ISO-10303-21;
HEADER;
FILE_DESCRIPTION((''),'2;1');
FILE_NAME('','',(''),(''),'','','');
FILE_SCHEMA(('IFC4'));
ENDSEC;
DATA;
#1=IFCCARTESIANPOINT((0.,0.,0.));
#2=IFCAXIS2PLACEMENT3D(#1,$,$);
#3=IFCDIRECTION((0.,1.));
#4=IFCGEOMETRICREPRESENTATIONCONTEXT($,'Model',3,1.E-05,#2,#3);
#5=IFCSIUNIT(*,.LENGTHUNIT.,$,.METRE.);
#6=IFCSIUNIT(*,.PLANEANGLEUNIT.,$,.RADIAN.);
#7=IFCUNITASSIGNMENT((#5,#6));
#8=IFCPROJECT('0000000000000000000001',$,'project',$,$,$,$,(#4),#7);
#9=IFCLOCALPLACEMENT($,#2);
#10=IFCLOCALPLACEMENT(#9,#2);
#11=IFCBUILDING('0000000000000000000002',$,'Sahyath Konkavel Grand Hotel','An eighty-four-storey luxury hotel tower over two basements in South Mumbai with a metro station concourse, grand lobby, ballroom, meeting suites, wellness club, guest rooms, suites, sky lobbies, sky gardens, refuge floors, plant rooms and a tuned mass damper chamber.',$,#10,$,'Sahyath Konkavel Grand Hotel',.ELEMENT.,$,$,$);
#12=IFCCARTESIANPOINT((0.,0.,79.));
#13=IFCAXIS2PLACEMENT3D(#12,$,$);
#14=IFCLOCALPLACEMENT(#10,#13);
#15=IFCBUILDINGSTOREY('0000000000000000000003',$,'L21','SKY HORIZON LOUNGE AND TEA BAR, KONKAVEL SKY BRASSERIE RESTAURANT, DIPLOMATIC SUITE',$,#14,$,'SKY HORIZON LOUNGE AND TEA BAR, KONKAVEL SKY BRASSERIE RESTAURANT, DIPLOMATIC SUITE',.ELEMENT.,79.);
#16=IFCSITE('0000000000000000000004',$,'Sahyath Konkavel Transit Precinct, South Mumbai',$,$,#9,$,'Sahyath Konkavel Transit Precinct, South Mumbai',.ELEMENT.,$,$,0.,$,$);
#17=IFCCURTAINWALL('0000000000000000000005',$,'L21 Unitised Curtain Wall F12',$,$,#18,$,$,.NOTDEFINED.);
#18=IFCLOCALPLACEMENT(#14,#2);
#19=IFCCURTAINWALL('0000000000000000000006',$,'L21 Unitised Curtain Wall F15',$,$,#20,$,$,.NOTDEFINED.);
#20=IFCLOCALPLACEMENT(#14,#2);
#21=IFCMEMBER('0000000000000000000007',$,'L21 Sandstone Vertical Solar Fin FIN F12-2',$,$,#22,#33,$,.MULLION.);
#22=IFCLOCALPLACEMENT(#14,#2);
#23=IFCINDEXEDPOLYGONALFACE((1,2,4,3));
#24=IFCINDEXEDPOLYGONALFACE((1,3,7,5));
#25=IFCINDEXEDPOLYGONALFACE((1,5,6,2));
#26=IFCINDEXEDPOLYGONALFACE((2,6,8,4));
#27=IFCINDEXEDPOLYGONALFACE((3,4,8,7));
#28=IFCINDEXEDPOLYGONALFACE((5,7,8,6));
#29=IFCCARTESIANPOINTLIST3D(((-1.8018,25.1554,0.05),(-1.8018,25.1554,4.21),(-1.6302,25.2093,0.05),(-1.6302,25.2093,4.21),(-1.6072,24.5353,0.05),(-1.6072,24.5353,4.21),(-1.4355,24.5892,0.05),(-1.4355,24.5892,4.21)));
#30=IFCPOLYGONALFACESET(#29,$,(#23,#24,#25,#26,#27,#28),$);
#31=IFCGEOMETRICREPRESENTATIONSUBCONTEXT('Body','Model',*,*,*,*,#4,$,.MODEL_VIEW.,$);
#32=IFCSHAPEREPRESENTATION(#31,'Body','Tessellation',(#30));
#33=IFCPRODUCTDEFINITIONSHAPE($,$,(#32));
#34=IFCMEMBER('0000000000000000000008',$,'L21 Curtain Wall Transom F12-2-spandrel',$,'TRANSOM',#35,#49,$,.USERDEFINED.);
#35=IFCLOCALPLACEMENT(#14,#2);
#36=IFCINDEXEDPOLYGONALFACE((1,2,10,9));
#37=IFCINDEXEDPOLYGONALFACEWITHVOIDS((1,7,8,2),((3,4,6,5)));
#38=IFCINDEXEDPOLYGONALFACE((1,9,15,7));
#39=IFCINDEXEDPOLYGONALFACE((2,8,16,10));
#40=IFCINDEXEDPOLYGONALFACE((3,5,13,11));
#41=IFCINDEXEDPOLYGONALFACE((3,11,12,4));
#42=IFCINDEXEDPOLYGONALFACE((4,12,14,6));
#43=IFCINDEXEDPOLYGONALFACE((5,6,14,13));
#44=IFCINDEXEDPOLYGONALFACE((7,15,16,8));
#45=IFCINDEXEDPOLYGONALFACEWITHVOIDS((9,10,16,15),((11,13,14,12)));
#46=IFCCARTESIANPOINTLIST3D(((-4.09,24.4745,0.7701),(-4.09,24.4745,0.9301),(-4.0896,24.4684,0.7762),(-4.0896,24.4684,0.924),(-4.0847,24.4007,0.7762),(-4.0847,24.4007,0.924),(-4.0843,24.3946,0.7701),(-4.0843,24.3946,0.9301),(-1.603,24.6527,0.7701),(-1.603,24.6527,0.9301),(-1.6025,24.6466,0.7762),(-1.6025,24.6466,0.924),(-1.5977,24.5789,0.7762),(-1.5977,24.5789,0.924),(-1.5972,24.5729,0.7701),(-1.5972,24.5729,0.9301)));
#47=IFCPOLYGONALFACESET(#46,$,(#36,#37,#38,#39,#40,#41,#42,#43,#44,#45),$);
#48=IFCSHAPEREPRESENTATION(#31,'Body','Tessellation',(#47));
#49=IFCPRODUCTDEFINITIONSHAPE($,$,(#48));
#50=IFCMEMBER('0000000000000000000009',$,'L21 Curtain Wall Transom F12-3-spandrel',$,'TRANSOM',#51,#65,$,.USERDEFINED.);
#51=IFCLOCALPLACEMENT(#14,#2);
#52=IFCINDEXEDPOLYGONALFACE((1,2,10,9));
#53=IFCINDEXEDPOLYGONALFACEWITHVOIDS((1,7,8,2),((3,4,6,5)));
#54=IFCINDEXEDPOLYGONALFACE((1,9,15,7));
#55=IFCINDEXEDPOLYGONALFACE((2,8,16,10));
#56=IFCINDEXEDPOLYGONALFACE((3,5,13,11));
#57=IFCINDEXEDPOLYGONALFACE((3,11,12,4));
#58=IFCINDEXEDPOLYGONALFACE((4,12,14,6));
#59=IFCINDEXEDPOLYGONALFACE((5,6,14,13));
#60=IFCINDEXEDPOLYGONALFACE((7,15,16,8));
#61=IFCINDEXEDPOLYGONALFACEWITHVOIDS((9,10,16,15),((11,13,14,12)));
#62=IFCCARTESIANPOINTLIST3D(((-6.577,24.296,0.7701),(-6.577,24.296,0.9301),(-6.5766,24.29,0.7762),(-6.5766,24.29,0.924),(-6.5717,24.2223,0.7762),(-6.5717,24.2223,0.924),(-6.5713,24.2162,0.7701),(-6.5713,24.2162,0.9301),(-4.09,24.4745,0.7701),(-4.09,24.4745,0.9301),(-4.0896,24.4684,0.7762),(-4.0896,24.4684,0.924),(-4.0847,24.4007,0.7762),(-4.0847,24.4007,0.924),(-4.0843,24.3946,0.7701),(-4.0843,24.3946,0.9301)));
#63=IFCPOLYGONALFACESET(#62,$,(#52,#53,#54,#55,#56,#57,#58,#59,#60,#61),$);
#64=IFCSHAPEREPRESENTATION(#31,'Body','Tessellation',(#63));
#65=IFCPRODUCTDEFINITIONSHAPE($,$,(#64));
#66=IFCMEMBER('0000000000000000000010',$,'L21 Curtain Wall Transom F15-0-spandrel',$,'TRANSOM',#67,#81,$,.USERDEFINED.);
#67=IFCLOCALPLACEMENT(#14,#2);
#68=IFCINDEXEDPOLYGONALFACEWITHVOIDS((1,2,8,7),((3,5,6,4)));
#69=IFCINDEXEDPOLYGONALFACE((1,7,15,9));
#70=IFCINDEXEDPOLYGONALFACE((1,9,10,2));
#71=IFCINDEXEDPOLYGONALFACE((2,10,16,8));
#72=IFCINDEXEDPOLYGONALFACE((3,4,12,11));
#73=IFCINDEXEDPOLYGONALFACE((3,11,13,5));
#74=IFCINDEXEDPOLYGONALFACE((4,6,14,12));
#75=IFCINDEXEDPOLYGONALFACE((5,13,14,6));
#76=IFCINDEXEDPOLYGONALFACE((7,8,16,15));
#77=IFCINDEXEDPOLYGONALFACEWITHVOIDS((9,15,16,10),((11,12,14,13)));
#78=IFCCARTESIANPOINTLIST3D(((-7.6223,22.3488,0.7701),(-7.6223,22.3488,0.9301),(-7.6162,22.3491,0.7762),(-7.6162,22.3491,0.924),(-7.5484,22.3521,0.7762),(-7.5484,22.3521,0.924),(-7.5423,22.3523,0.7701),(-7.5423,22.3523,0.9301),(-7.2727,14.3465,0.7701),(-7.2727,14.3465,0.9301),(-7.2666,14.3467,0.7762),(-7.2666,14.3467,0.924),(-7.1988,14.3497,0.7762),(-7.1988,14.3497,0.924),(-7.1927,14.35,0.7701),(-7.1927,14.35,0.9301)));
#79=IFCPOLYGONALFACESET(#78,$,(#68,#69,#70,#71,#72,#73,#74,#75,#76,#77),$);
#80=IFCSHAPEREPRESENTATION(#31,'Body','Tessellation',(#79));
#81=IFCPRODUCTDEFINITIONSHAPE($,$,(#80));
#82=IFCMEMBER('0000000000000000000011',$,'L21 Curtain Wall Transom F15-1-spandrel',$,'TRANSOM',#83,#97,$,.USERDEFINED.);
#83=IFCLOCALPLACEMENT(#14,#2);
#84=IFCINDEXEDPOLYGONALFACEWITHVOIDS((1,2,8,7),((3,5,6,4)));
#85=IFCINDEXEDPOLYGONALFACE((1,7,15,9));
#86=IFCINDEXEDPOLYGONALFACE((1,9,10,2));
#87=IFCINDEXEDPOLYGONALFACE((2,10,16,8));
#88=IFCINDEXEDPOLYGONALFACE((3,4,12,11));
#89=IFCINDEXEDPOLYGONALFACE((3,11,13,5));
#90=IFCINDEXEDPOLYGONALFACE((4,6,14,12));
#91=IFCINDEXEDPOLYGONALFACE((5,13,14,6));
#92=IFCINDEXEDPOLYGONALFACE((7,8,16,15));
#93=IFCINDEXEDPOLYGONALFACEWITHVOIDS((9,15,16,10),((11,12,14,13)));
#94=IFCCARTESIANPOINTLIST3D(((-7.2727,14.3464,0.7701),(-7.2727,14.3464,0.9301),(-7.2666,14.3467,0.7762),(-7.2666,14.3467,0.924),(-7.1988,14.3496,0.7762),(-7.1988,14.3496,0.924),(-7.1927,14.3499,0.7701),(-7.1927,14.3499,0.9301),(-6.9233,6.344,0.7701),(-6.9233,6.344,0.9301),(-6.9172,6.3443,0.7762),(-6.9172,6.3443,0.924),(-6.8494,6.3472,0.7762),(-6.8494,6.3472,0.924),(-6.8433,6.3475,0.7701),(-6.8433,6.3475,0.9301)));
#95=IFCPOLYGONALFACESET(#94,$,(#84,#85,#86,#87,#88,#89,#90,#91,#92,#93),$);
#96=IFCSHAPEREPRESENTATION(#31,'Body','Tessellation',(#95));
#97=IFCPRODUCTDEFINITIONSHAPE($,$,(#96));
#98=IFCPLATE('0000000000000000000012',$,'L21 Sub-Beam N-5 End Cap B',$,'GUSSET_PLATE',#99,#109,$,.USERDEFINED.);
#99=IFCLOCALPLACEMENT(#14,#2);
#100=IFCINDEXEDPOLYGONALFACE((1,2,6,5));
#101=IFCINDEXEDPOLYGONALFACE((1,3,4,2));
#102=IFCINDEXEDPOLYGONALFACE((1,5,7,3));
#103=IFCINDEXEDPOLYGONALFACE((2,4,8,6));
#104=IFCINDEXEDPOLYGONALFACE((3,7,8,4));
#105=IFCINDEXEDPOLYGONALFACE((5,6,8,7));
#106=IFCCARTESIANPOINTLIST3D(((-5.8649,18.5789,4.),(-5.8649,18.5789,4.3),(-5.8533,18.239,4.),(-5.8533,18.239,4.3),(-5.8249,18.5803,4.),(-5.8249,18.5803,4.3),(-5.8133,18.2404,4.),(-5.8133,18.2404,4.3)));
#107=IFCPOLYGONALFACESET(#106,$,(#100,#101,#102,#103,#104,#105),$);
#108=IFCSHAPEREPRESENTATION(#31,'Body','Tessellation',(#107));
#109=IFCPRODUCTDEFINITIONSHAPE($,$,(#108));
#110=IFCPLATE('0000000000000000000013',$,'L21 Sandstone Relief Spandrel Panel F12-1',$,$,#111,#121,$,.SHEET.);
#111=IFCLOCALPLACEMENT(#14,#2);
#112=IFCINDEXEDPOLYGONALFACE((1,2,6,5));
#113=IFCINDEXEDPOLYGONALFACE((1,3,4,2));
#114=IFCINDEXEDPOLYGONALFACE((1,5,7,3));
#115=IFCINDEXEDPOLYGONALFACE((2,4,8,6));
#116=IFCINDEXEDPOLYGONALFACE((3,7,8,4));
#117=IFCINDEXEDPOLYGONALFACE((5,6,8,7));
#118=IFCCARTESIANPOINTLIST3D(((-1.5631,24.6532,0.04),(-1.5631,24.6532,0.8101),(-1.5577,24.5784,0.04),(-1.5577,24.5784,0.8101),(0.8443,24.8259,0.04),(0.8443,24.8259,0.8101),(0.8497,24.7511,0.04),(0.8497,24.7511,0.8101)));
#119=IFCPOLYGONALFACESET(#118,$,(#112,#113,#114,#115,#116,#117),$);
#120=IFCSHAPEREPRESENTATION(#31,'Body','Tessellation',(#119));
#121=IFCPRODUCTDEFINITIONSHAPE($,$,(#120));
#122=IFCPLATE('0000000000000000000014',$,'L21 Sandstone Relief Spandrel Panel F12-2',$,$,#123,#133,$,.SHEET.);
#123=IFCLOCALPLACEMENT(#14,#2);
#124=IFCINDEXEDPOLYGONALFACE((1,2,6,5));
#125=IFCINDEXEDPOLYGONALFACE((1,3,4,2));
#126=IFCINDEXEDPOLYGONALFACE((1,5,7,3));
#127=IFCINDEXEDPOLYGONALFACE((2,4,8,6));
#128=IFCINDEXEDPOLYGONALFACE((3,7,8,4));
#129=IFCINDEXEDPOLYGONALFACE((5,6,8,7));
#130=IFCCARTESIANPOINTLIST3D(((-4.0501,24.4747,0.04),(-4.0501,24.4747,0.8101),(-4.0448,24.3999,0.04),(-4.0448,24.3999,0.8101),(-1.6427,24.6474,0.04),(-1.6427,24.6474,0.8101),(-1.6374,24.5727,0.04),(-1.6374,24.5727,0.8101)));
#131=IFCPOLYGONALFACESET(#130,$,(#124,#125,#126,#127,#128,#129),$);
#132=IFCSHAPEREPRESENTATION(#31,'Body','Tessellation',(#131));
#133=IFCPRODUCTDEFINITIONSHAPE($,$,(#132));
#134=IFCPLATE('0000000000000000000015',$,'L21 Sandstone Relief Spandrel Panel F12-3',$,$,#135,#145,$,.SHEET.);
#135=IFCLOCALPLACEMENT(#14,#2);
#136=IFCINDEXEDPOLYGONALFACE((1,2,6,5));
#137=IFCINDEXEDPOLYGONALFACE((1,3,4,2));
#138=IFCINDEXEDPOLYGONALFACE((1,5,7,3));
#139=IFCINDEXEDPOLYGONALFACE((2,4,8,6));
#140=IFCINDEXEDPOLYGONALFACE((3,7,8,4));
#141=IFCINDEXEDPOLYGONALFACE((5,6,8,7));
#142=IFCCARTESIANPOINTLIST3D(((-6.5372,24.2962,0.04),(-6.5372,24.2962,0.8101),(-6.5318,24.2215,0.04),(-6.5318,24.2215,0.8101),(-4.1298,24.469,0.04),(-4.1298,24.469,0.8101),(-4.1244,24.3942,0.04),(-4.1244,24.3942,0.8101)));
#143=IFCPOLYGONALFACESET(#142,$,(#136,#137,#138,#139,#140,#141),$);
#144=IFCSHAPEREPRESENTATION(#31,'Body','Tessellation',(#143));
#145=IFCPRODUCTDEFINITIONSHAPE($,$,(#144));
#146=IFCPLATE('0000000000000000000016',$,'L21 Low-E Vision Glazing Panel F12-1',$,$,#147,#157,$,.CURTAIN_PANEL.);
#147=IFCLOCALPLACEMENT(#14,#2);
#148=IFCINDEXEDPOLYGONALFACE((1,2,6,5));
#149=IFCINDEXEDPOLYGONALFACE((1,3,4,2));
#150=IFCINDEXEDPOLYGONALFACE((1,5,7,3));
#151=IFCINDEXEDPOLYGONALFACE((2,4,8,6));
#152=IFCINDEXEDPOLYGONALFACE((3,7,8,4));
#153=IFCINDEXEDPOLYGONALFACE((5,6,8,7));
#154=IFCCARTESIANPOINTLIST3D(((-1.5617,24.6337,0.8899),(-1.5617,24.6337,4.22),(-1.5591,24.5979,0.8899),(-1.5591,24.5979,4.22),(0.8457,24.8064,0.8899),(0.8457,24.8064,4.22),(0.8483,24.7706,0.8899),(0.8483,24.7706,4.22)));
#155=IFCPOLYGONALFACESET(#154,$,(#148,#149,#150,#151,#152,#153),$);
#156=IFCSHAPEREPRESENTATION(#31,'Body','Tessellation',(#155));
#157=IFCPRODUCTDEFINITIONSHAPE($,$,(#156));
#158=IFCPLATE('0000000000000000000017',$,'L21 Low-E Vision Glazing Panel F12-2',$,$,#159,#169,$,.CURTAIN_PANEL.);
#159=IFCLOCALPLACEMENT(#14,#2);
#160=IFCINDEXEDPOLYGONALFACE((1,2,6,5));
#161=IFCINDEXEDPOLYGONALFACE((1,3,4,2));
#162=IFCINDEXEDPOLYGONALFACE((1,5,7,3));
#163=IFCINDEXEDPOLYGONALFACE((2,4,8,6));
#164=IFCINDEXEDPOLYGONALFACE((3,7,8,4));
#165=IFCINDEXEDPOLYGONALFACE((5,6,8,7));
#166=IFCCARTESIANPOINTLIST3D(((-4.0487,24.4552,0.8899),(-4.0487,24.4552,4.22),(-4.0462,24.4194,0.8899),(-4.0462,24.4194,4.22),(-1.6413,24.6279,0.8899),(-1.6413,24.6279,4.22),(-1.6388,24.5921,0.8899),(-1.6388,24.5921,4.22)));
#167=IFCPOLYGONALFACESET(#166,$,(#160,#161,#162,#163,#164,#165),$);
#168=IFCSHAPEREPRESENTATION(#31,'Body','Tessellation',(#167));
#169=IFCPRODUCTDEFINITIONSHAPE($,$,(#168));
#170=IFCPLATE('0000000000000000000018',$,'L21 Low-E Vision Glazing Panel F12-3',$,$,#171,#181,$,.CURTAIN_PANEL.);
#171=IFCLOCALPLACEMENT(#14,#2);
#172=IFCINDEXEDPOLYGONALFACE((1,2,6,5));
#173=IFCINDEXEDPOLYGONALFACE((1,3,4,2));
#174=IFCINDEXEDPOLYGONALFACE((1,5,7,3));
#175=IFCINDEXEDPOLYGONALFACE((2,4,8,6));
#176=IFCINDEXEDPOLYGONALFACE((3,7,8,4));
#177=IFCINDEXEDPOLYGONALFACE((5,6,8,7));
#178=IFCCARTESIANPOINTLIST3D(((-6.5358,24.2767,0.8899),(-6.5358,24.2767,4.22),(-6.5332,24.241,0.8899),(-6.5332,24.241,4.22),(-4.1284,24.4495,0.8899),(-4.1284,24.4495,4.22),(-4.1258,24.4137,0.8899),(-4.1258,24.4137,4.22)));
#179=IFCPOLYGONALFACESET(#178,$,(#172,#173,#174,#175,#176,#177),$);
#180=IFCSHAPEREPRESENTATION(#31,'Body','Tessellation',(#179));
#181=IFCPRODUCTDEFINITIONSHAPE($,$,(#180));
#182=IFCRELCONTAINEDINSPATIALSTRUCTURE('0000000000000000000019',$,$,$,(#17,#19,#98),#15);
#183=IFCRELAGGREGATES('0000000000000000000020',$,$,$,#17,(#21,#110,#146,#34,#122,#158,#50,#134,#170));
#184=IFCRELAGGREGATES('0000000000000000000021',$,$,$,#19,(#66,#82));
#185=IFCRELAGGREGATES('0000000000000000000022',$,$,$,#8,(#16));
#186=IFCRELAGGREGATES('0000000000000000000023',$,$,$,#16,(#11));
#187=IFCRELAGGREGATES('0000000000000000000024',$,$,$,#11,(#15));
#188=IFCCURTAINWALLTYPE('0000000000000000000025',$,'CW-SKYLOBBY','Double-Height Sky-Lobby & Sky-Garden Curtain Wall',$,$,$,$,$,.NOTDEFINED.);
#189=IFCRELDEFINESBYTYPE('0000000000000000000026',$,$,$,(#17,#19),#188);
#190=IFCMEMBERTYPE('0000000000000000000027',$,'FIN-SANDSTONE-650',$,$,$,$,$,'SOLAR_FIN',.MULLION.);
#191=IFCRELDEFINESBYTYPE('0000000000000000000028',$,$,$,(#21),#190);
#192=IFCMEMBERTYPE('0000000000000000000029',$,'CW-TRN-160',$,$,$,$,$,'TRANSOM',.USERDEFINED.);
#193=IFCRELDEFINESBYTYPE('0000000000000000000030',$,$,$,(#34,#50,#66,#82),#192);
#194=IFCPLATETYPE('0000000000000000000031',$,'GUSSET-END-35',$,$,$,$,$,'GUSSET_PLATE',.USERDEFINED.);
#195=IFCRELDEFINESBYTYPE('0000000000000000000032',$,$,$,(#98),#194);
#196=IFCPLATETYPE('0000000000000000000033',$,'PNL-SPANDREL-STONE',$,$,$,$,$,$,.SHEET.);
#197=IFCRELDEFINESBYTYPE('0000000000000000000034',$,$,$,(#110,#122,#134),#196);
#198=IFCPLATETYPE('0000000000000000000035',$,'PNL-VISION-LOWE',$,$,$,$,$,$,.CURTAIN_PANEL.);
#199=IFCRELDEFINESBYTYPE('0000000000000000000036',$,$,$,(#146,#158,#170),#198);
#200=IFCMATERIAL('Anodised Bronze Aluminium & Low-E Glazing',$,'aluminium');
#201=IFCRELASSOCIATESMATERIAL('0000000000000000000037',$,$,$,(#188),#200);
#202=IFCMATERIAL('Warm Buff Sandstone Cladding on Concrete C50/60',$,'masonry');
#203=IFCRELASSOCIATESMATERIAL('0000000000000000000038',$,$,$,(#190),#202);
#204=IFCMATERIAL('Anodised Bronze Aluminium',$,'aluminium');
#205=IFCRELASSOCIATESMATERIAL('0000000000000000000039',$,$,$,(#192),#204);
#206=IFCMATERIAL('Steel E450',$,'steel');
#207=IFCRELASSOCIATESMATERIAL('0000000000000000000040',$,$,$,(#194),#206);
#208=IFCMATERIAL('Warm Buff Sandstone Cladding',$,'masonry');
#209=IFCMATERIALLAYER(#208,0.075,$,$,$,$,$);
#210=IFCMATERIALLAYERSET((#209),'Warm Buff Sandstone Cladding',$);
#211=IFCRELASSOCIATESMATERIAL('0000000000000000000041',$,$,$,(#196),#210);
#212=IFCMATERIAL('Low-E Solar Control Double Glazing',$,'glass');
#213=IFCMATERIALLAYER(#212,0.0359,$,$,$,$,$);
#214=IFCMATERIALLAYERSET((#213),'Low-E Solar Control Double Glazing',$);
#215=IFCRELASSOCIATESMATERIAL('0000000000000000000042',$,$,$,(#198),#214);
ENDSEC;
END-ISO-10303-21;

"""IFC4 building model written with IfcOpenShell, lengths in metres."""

from ifc_helpers import new_model, si_unit, direction, frame, origin, origin_2d, place, context, subcontext, project, spatial, rectangle, hollow_rectangle, extrude, source, transform, mapped, material, layer, layer_set, material_profile, profile_set, type_object, element, aggregate, save


model = new_model("IFC4")

# Units and contexts
model_context = context("Model", 3, precision=1e-05, world=origin(), true_north=direction((0.0, 1.0)))
body_context = subcontext(model_context, "Body", "Model", "MODEL_VIEW")
ifc_project = project(units=[si_unit("LENGTHUNIT", "METRE"), si_unit("PLANEANGLEUNIT", "RADIAN")], contexts=[model_context])

# Site, building, storey
site_placement = place(None, origin())
site = spatial("IfcSite", under=ifc_project, at=site_placement, Name="Sahyath Konkavel Transit Precinct, South Mumbai", LongName="Sahyath Konkavel Transit Precinct, South Mumbai", CompositionType="ELEMENT", RefElevation=0.0)
building_placement = place(site_placement, origin())
building = spatial("IfcBuilding", under=site, at=building_placement, Name="Sahyath Konkavel Grand Hotel", Description="An eighty-four-storey luxury hotel tower over two basements in South Mumbai with a metro station concourse, grand lobby, ballroom, meeting suites, wellness club, guest rooms, suites, sky lobbies, sky gardens, refuge floors, plant rooms and a tuned mass damper chamber.", LongName="Sahyath Konkavel Grand Hotel", CompositionType="ELEMENT")
storey_placement = place(building_placement, frame((0.0, 0.0, 79.0)))
storey = spatial("IfcBuildingStorey", under=building, at=storey_placement, Name="L21", Description="SKY HORIZON LOUNGE AND TEA BAR, KONKAVEL SKY BRASSERIE RESTAURANT, DIPLOMATIC SUITE", LongName="SKY HORIZON LOUNGE AND TEA BAR, KONKAVEL SKY BRASSERIE RESTAURANT, DIPLOMATIC SUITE", CompositionType="ELEMENT", Elevation=79.0)

# Curtain wall
ifc_material_1 = material(Name="Anodised Bronze Aluminium & Low-E Glazing", Category="aluminium")
curtain_wall_type = type_object("IfcCurtainWallType", Name="CW-SKYLOBBY", Description="Double-Height Sky-Lobby & Sky-Garden Curtain Wall", PredefinedType="NOTDEFINED", material=ifc_material_1)
curtain_wall_1_placement = place(storey_placement, origin())
curtain_wall_1 = element("IfcCurtainWall", 1, at=curtain_wall_1_placement, inside=storey, type_object=curtain_wall_type, Name="L21 Unitised Curtain Wall F12", PredefinedType="NOTDEFINED")
ifc_material_2 = material(Name="Anodised Bronze Aluminium", Category="aluminium")

# Curtain wall
curtain_wall_2_placement = place(storey_placement, origin())
curtain_wall_2 = element("IfcCurtainWall", 2, at=curtain_wall_2_placement, inside=storey, type_object=curtain_wall_type, Name="L21 Unitised Curtain Wall F15", PredefinedType="NOTDEFINED")

# Members
ifc_material_3 = material(Name="Warm Buff Sandstone Cladding on Concrete C50/60", Category="masonry")
ifc_material_profile_1 = material_profile(ifc_material_3, rectangle(XDim=0.1799, YDim=0.6499, at=origin_2d()), Name="FIN 180x650")
ifc_profile_set_1 = profile_set([ifc_material_profile_1], Name="Warm Buff Sandstone Cladding on Concrete C50/60")
member_type_1 = type_object("IfcMemberType", Name="FIN-SANDSTONE-650", ElementType="SOLAR_FIN", PredefinedType="MULLION", material=ifc_profile_set_1)
shared_shape_1 = source(origin(), body_context, "Body", "SweptSolid", [
    extrude(rectangle(XDim=0.1799, YDim=0.6499, at=origin_2d()), origin(), (0.0, 0.0, 1.0), 4.1599),
])
member_1_placement = place(storey_placement, frame((-1.6187, 24.8723, 0.05), z_axis=(0.0, 0.0, 1.0), x_axis=(0.954084, 0.29954, 0.0)))
member_1 = element("IfcMember", 3, at=member_1_placement, type_object=member_type_1, Name="L21 Sandstone Vertical Solar Fin FIN F12-2", PredefinedType="MULLION", context=body_context, shape_type="MappedRepresentation", body=[
    mapped(shared_shape_1, transform((0.0, 0.0, 0.0), scale=1.0)),
])
ifc_material_profile_2 = material_profile(ifc_material_2, hollow_rectangle(XDim=0.0801, YDim=0.1599, WallThickness=0.0061, at=origin_2d()), Name="RHS 160x80x6")
ifc_profile_set_2 = profile_set([ifc_material_profile_2], Name="Anodised Bronze Aluminium")
member_type_2 = type_object("IfcMemberType", Name="CW-TRN-160", ElementType="TRANSOM", PredefinedType="USERDEFINED", material=ifc_profile_set_2)
shared_shape_2 = source(origin(), body_context, "Body", "SweptSolid", [
    extrude(hollow_rectangle(XDim=0.0801, YDim=0.1599, WallThickness=0.0061, at=origin_2d()), origin(), (0.0, 0.0, 1.0), 2.4934),
])
member_2_placement = place(storey_placement, frame((-1.6001, 24.6128, 0.8501), z_axis=(-0.997442, -0.071477, 0.0), x_axis=(0.071477, -0.997442, 0.0)))
member_2 = element("IfcMember", 4, at=member_2_placement, type_object=member_type_2, Name="L21 Curtain Wall Transom F12-2-spandrel", ObjectType="TRANSOM", PredefinedType="USERDEFINED", context=body_context, shape_type="MappedRepresentation", body=[
    mapped(shared_shape_2, transform((0.0, 0.0, 0.0), scale=1.0)),
])
member_3_placement = place(storey_placement, frame((-4.0872, 24.4346, 0.8501), z_axis=(-0.997435, -0.071574, 0.0), x_axis=(0.071574, -0.997435, 0.0)))
member_3 = element("IfcMember", 5, at=member_3_placement, type_object=member_type_2, Name="L21 Curtain Wall Transom F12-3-spandrel", ObjectType="TRANSOM", PredefinedType="USERDEFINED", context=body_context, shape_type="MappedRepresentation", body=[
    mapped(shared_shape_2, transform((0.0, 0.0, 0.0), scale=1.0)),
])
shared_shape_3 = source(origin(), body_context, "Body", "SweptSolid", [
    extrude(hollow_rectangle(XDim=0.0801, YDim=0.1599, WallThickness=0.0061, at=origin_2d()), origin(), (0.0, 0.0, 1.0), 8.01),
])
member_4_placement = place(storey_placement, frame((-7.5823, 22.3506, 0.8501), z_axis=(0.043646, -0.999047, 0.0), x_axis=(0.999047, 0.043646, 0.0)))
member_4 = element("IfcMember", 6, at=member_4_placement, type_object=member_type_2, Name="L21 Curtain Wall Transom F15-0-spandrel", ObjectType="TRANSOM", PredefinedType="USERDEFINED", context=body_context, shape_type="MappedRepresentation", body=[
    mapped(shared_shape_3, transform((0.0, 0.0, 0.0), scale=1.0)),
])
member_5_placement = place(storey_placement, frame((-7.2327, 14.3481, 0.8501), z_axis=(0.043616, -0.999048, 0.0), x_axis=(0.999048, 0.043616, 0.0)))
member_5 = element("IfcMember", 7, at=member_5_placement, type_object=member_type_2, Name="L21 Curtain Wall Transom F15-1-spandrel", ObjectType="TRANSOM", PredefinedType="USERDEFINED", context=body_context, shape_type="MappedRepresentation", body=[
    mapped(shared_shape_3, transform((0.0, 0.0, 0.0), scale=1.0)),
])

# Plates
ifc_material_4 = material(Name="Steel E450", Category="steel")
plate_type_1 = type_object("IfcPlateType", Name="GUSSET-END-35", ElementType="GUSSET_PLATE", PredefinedType="USERDEFINED", material=ifc_material_4)
shared_shape_4 = source(origin(), body_context, "Body", "SweptSolid", [
    extrude(rectangle(XDim=0.04, YDim=0.3401, at=origin_2d()), origin(), (0.0, 0.0, 1.0), 0.3),
])
plate_1_placement = place(storey_placement, frame((-5.8391, 18.4097, 4.0), z_axis=(0.0, 0.0, 1.0), x_axis=(-0.999422, -0.033992, 0.0)))
element("IfcPlate", 8, at=plate_1_placement, inside=storey, type_object=plate_type_1, Name="L21 Sub-Beam N-5 End Cap B", ObjectType="GUSSET_PLATE", PredefinedType="USERDEFINED", context=body_context, shape_type="MappedRepresentation", body=[
    mapped(shared_shape_4, transform((0.0, 0.0, 0.0), scale=1.0)),
])
ifc_material_5 = material(Name="Warm Buff Sandstone Cladding", Category="masonry")
ifc_layer_1 = layer(ifc_material_5, 0.075)
ifc_layer_set_1 = layer_set([ifc_layer_1], Name="Warm Buff Sandstone Cladding")
plate_type_2 = type_object("IfcPlateType", Name="PNL-SPANDREL-STONE", PredefinedType="SHEET", material=ifc_layer_set_1)
shared_shape_5 = source(origin(), body_context, "Body", "SweptSolid", [
    extrude(rectangle(XDim=2.4136, YDim=0.075, at=origin_2d()), origin(), (0.0, 0.0, 1.0), 0.77),
])
plate_2_placement = place(storey_placement, frame((-0.3567, 24.7021, 0.04), z_axis=(0.0, 0.0, 1.0), x_axis=(-0.997436, -0.071567, 0.0)))
plate_2 = element("IfcPlate", 9, at=plate_2_placement, type_object=plate_type_2, Name="L21 Sandstone Relief Spandrel Panel F12-1", PredefinedType="SHEET", context=body_context, shape_type="MappedRepresentation", body=[
    mapped(shared_shape_5, transform((0.0, 0.0, 0.0), scale=1.0)),
])
plate_3_placement = place(storey_placement, frame((-2.8438, 24.5237, 0.04), z_axis=(0.0, 0.0, 1.0), x_axis=(-0.997436, -0.071567, 0.0)))
plate_3 = element("IfcPlate", 10, at=plate_3_placement, type_object=plate_type_2, Name="L21 Sandstone Relief Spandrel Panel F12-2", PredefinedType="SHEET", context=body_context, shape_type="MappedRepresentation", body=[
    mapped(shared_shape_5, transform((0.0, 0.0, 0.0), scale=1.0)),
])
plate_4_placement = place(storey_placement, frame((-5.3308, 24.3452, 0.04), z_axis=(0.0, 0.0, 1.0), x_axis=(-0.997436, -0.071567, 0.0)))
plate_4 = element("IfcPlate", 11, at=plate_4_placement, type_object=plate_type_2, Name="L21 Sandstone Relief Spandrel Panel F12-3", PredefinedType="SHEET", context=body_context, shape_type="MappedRepresentation", body=[
    mapped(shared_shape_5, transform((0.0, 0.0, 0.0), scale=1.0)),
])
ifc_material_6 = material(Name="Low-E Solar Control Double Glazing", Category="glass")
ifc_layer_2 = layer(ifc_material_6, 0.0359)
ifc_layer_set_2 = layer_set([ifc_layer_2], Name="Low-E Solar Control Double Glazing")
plate_type_3 = type_object("IfcPlateType", Name="PNL-VISION-LOWE", PredefinedType="CURTAIN_PANEL", material=ifc_layer_set_2)
shared_shape_6 = source(origin(), body_context, "Body", "SweptSolid", [
    extrude(rectangle(XDim=2.4136, YDim=0.0359, at=origin_2d()), origin(), (0.0, 0.0, 1.0), 3.3301),
])
plate_5_placement = place(storey_placement, frame((-0.3567, 24.7021, 0.8899), z_axis=(0.0, 0.0, 1.0), x_axis=(-0.997436, -0.071567, 0.0)))
plate_5 = element("IfcPlate", 12, at=plate_5_placement, type_object=plate_type_3, Name="L21 Low-E Vision Glazing Panel F12-1", PredefinedType="CURTAIN_PANEL", context=body_context, shape_type="MappedRepresentation", body=[
    mapped(shared_shape_6, transform((0.0, 0.0, 0.0), scale=1.0)),
])
plate_6_placement = place(storey_placement, frame((-2.8438, 24.5237, 0.8899), z_axis=(0.0, 0.0, 1.0), x_axis=(-0.997436, -0.071567, 0.0)))
plate_6 = element("IfcPlate", 13, at=plate_6_placement, type_object=plate_type_3, Name="L21 Low-E Vision Glazing Panel F12-2", PredefinedType="CURTAIN_PANEL", context=body_context, shape_type="MappedRepresentation", body=[
    mapped(shared_shape_6, transform((0.0, 0.0, 0.0), scale=1.0)),
])
plate_7_placement = place(storey_placement, frame((-5.3308, 24.3452, 0.8899), z_axis=(0.0, 0.0, 1.0), x_axis=(-0.997436, -0.071567, 0.0)))
plate_7 = element("IfcPlate", 14, at=plate_7_placement, type_object=plate_type_3, Name="L21 Low-E Vision Glazing Panel F12-3", PredefinedType="CURTAIN_PANEL", context=body_context, shape_type="MappedRepresentation", body=[
    mapped(shared_shape_6, transform((0.0, 0.0, 0.0), scale=1.0)),
])
aggregate(curtain_wall_1, [member_1, plate_2, plate_5, member_2, plate_3, plate_6, member_3, plate_4, plate_7])
aggregate(curtain_wall_2, [member_4, member_5])

save(model, "model.ifc")
